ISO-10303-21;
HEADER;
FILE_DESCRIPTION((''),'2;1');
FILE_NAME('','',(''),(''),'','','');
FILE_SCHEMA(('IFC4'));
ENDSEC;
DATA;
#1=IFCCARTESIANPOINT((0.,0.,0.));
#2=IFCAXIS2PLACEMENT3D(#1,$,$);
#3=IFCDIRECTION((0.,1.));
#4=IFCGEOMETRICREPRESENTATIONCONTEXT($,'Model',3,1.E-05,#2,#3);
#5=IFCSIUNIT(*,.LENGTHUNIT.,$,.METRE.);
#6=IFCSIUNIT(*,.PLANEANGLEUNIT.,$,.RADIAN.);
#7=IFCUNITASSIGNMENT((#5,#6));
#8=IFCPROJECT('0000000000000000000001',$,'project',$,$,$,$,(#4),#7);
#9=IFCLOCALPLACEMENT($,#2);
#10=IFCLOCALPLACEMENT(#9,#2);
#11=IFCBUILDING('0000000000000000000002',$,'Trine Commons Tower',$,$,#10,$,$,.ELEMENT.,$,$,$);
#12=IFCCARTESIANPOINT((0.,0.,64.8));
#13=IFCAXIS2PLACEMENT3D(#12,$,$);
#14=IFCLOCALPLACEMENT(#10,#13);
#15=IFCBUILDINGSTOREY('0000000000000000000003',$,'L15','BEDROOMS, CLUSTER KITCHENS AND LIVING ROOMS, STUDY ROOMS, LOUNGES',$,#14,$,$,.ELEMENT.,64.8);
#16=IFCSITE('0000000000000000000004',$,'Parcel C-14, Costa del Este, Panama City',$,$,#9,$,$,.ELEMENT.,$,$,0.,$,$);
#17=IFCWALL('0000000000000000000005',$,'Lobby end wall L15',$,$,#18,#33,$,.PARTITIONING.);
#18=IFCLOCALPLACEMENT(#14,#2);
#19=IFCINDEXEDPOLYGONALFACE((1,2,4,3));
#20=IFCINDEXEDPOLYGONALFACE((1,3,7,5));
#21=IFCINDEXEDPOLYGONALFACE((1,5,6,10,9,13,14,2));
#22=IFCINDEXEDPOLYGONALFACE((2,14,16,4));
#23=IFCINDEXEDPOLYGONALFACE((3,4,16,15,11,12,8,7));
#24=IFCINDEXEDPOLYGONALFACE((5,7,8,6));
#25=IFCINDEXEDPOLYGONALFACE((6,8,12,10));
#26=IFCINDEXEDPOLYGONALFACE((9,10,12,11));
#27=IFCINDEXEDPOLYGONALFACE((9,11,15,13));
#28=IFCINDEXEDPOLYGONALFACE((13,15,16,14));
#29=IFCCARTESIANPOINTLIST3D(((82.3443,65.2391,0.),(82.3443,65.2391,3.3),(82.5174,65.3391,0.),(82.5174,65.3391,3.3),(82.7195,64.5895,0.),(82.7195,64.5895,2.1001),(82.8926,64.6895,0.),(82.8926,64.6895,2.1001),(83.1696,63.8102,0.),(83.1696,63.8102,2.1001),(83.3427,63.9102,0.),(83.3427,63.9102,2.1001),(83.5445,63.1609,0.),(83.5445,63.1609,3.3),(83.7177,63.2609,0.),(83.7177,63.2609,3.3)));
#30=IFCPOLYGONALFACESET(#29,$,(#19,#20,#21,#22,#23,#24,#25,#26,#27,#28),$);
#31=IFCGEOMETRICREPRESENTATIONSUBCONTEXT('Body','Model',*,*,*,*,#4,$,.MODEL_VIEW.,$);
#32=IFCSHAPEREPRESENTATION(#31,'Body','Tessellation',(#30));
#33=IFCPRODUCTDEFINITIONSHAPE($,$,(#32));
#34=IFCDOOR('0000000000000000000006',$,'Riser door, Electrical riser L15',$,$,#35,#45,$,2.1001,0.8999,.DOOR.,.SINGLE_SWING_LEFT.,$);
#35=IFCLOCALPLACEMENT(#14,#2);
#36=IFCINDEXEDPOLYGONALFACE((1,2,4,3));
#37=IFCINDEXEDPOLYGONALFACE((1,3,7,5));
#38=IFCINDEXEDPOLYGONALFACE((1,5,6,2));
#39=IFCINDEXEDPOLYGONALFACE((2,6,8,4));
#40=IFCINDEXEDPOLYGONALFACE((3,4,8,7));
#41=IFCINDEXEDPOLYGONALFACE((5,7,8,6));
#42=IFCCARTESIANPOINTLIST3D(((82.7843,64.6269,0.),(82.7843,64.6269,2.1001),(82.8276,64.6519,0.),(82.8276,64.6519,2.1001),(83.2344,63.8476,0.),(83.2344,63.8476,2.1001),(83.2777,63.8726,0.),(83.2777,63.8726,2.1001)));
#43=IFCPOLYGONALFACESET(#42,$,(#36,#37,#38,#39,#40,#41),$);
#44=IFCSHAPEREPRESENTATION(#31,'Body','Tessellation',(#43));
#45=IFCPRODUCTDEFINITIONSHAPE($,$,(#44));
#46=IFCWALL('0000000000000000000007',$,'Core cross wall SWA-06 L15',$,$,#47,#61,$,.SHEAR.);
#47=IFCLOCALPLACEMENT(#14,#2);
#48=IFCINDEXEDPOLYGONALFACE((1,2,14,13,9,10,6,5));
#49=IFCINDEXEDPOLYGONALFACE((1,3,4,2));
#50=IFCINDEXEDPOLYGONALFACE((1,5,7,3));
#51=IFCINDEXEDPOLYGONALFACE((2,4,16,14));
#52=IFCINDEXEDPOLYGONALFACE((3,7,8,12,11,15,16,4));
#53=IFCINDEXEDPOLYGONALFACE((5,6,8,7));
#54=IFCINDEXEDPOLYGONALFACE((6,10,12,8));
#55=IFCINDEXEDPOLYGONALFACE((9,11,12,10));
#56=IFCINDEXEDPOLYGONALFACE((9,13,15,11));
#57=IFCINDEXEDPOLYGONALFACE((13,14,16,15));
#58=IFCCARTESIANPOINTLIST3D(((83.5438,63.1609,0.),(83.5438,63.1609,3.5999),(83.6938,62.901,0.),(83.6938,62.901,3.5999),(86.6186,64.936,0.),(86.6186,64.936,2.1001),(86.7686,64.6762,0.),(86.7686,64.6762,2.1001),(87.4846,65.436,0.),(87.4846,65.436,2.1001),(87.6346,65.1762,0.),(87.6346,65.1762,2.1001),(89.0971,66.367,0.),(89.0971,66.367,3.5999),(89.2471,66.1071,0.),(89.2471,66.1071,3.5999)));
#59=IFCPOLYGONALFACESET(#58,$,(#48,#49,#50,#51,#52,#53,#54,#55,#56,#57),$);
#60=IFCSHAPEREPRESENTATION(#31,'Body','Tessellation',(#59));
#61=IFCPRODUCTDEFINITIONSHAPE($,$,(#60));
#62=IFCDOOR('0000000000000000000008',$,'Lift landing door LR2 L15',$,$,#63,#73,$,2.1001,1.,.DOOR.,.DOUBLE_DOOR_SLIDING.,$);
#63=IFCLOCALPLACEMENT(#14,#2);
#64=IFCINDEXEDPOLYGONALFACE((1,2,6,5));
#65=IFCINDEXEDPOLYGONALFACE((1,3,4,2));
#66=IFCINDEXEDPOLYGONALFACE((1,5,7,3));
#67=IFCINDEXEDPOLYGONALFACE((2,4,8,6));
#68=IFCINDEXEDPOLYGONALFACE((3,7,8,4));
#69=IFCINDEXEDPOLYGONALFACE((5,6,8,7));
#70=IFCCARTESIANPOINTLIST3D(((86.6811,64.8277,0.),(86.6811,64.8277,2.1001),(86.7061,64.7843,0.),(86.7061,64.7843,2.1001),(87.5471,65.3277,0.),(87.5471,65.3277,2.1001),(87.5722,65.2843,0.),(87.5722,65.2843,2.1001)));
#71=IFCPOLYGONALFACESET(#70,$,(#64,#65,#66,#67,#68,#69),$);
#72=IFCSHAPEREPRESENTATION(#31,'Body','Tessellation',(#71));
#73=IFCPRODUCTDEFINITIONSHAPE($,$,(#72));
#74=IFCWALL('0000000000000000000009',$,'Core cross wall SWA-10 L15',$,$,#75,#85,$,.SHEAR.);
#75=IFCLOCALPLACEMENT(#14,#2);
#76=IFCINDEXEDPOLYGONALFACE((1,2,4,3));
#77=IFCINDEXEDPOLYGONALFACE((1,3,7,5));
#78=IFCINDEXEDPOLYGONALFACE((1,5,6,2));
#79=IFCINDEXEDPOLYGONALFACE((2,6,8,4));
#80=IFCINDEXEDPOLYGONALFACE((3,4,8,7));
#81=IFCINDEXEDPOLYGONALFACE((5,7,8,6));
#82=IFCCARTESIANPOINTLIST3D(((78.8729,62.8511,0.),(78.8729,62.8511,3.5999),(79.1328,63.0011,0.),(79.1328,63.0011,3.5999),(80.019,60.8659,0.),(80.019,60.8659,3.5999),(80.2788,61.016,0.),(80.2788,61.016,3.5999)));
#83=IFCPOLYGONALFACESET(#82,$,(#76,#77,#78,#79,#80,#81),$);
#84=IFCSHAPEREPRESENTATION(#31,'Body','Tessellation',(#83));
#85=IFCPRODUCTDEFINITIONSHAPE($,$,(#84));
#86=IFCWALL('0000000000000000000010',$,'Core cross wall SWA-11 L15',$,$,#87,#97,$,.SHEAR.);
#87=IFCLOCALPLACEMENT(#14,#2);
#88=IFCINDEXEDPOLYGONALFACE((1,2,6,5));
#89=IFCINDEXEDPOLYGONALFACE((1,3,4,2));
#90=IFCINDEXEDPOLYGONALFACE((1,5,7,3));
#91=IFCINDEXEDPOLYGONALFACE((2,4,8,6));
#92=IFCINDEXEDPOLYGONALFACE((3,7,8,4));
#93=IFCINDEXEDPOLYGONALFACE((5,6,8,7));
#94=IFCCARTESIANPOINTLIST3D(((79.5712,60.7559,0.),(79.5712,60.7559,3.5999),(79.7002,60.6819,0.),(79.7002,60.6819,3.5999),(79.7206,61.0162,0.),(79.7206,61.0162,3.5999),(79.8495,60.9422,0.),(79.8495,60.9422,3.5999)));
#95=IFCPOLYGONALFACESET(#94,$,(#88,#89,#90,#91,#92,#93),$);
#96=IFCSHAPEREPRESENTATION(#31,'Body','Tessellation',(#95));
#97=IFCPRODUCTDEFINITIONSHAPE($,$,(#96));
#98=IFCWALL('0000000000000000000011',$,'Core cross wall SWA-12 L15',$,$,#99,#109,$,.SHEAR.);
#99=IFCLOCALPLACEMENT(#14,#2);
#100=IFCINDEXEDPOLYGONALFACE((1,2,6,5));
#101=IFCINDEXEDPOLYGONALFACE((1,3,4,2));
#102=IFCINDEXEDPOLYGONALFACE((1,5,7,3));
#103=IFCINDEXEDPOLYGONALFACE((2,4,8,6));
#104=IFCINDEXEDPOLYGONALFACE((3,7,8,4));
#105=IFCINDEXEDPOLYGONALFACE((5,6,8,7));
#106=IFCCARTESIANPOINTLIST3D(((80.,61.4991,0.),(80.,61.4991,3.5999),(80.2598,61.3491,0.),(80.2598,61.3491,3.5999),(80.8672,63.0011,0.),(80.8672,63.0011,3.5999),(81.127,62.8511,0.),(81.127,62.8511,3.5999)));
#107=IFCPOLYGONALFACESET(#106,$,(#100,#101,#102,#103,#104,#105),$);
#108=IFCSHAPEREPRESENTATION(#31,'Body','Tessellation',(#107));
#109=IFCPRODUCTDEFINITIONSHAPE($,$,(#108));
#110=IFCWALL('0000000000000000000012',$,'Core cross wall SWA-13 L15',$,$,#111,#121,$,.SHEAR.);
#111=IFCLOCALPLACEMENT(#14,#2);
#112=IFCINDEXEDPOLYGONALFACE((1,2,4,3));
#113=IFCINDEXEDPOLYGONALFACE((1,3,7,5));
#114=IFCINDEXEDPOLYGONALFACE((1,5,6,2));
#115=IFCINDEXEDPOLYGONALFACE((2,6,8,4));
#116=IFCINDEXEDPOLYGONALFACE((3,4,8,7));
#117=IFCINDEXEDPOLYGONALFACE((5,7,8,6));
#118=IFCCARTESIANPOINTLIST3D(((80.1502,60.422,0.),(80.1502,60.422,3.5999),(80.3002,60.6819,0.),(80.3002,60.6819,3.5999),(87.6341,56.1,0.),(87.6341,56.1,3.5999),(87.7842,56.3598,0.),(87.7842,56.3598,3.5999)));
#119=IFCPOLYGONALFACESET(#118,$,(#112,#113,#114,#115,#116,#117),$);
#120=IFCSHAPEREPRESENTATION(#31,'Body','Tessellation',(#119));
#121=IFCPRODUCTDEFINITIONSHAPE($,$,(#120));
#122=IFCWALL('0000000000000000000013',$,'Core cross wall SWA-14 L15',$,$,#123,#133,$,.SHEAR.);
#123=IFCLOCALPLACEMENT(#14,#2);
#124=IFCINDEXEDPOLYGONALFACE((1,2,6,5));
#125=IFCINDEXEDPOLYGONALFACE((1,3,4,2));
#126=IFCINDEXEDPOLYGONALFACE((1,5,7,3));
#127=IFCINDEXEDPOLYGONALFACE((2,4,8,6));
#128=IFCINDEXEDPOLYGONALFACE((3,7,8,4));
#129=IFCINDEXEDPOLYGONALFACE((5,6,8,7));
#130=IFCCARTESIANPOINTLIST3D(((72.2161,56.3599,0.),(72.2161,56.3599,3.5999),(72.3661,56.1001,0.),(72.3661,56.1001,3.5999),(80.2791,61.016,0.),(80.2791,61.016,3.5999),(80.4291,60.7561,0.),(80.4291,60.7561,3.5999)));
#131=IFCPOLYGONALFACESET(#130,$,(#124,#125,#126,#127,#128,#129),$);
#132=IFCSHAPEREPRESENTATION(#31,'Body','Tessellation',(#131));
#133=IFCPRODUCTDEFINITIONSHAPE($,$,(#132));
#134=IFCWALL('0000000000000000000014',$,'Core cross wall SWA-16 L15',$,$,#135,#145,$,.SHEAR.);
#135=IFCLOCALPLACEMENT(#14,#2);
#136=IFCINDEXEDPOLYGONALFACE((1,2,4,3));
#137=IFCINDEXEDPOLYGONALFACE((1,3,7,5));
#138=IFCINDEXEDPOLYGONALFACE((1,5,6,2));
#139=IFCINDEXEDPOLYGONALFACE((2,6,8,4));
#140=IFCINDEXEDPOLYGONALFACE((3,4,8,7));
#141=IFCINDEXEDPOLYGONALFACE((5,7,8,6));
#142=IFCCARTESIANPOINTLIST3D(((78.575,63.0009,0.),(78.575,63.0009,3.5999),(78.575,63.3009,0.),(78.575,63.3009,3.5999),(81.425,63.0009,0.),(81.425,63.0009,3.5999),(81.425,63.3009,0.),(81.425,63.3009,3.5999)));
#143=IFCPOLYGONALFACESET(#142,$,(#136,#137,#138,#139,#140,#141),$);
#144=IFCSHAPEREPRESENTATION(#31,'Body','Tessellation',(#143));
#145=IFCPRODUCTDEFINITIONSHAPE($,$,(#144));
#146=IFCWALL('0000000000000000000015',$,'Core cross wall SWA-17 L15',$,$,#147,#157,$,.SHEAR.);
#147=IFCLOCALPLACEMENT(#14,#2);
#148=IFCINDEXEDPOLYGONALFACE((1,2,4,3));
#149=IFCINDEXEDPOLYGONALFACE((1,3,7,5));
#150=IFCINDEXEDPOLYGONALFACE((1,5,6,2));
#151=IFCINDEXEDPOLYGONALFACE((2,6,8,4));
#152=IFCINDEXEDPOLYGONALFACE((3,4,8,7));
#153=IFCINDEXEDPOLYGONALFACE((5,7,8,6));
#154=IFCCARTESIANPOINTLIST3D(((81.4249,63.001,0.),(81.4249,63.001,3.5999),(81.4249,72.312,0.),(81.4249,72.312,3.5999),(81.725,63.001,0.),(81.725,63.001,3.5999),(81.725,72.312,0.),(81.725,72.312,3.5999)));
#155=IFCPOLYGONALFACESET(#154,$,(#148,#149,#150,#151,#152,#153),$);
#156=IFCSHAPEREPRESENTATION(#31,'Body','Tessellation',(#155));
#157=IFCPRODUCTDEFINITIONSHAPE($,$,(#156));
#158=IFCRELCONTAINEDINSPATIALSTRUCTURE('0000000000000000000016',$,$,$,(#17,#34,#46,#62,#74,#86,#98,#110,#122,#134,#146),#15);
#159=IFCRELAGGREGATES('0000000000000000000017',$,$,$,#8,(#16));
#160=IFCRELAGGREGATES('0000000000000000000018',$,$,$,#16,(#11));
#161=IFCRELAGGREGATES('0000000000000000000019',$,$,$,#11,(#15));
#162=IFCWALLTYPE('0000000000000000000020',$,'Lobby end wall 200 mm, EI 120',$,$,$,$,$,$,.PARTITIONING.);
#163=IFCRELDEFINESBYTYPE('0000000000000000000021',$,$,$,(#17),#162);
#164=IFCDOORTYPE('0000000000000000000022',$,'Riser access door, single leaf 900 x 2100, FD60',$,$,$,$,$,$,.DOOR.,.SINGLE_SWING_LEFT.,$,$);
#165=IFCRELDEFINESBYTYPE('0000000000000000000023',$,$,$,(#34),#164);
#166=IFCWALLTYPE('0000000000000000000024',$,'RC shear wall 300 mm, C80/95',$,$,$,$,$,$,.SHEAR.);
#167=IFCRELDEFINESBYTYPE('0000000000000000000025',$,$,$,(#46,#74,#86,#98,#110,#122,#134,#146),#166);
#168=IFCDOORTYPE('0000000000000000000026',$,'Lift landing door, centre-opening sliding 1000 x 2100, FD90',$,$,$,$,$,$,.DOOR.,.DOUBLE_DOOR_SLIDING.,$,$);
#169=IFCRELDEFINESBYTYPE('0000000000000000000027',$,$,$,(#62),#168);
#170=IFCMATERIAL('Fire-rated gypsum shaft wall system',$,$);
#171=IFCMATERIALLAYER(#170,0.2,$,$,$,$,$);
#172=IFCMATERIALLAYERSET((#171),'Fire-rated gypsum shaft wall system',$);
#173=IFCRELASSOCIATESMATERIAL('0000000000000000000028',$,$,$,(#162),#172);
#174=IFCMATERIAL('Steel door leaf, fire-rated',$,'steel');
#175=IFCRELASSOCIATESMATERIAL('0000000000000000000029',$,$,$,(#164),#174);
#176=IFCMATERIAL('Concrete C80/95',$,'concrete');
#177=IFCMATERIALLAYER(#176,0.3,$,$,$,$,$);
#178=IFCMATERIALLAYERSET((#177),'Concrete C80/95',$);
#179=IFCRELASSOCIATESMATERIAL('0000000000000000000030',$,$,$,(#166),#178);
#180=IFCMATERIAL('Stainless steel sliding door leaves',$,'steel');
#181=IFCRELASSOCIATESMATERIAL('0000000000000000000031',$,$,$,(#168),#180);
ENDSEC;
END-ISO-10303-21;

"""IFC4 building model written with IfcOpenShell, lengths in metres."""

from ifc_helpers import new_model, si_unit, direction, frame, frame_2d, origin, place, context, subcontext, project, spatial, rectangle, extrude, material, layer, layer_set, type_object, element, fill, save


model = new_model("IFC4")

# Units and contexts
model_context = context("Model", 3, precision=1e-05, world=origin(), true_north=direction((0.0, 1.0)))
body_context = subcontext(model_context, "Body", "Model", "MODEL_VIEW")
ifc_project = project(units=[si_unit("LENGTHUNIT", "METRE"), si_unit("PLANEANGLEUNIT", "RADIAN")], contexts=[model_context])

# Site, building, storey
site_placement = place(None, origin())
site = spatial("IfcSite", under=ifc_project, at=site_placement, Name="Parcel C-14, Costa del Este, Panama City", CompositionType="ELEMENT", RefElevation=0.0)
building_placement = place(site_placement, origin())
building = spatial("IfcBuilding", under=site, at=building_placement, Name="Trine Commons Tower", CompositionType="ELEMENT")
storey_placement = place(building_placement, frame((0.0, 0.0, 64.8)))
storey = spatial("IfcBuildingStorey", under=building, at=storey_placement, Name="L15", Description="BEDROOMS, CLUSTER KITCHENS AND LIVING ROOMS, STUDY ROOMS, LOUNGES", CompositionType="ELEMENT", Elevation=64.8)

# Walls, openings, doors
ifc_material_1 = material(Name="Fire-rated gypsum shaft wall system")
ifc_layer_1 = layer(ifc_material_1, 0.2)
ifc_layer_set_1 = layer_set([ifc_layer_1], Name="Fire-rated gypsum shaft wall system")
wall_type_1 = type_object("IfcWallType", Name="Lobby end wall 200 mm, EI 120", PredefinedType="PARTITIONING", material=ifc_layer_set_1)
wall_1_placement = place(storey_placement, frame((83.6311, 63.2109, 0.0), z_axis=(0.0, 0.0, 1.0), x_axis=(-0.500122, 0.865955, 0.0)))
wall_1 = element("IfcWall", 1, at=wall_1_placement, inside=storey, type_object=wall_type_1, Name="Lobby end wall L15", PredefinedType="PARTITIONING", context=body_context, shape_type="SweptSolid", body=[
    extrude(rectangle(XDim=2.3999, YDim=0.2, at=frame_2d((1.2, 0.0))), origin(), (0.0, 0.0, 1.0), 3.3),
])
opening_1_placement = place(wall_1_placement, frame((0.7498, 0.0, 0.0)))
opening_1 = element("IfcOpeningElement", 2, at=opening_1_placement, cuts=wall_1, PredefinedType="OPENING", context=body_context, shape_type="SweptSolid", body=[
    extrude(rectangle(XDim=0.8999, YDim=2.1001, at=frame_2d((0.45, 1.05))), frame((0.0, 0.1099, 0.0), z_axis=(0.0, -1.0, 0.0), x_axis=(1.0, 0.0, 0.0)), (0.0, 0.0, 1.0), 0.22),
])
ifc_material_2 = material(Name="Steel door leaf, fire-rated", Category="steel")
door_type_1 = type_object("IfcDoorType", Name="Riser access door, single leaf 900 x 2100, FD60", OperationType="SINGLE_SWING_LEFT", PredefinedType="DOOR", material=ifc_material_2)
door_1_placement = place(opening_1_placement, frame((0.8999, 0.0, 0.0), z_axis=(0.0, 0.0, 1.0), x_axis=(-1.0, 0.0, 0.0)))
door_1 = element("IfcDoor", 3, at=door_1_placement, inside=storey, type_object=door_type_1, Name="Riser door, Electrical riser L15", OperationType="SINGLE_SWING_LEFT", OverallHeight=2.1001, OverallWidth=0.8999, PredefinedType="DOOR", context=body_context, shape_type="SweptSolid", body=[
    extrude(rectangle(XDim=0.8999, YDim=2.1001, at=frame_2d((0.45, 1.05))), frame((0.0, 0.0249, 0.0), z_axis=(0.0, -1.0, 0.0), x_axis=(1.0, 0.0, 0.0)), (0.0, 0.0, 1.0), 0.05),
])
fill(opening_1, door_1)
ifc_material_3 = material(Name="Concrete C80/95", Category="concrete")
ifc_layer_2 = layer(ifc_material_3, 0.3)
ifc_layer_set_2 = layer_set([ifc_layer_2], Name="Concrete C80/95")
wall_type_2 = type_object("IfcWallType", Name="RC shear wall 300 mm, C80/95", PredefinedType="SHEAR", material=ifc_layer_set_2)
wall_2_placement = place(storey_placement, frame((83.6189, 63.031, 0.0), z_axis=(0.0, 0.0, 1.0), x_axis=(0.866032, 0.499988, 0.0)))
wall_2 = element("IfcWall", 4, at=wall_2_placement, inside=storey, type_object=wall_type_2, Name="Core cross wall SWA-06 L15", PredefinedType="SHEAR", context=body_context, shape_type="SweptSolid", body=[
    extrude(rectangle(XDim=6.4124, YDim=0.3, at=frame_2d((3.2061, 0.0))), origin(), (0.0, 0.0, 1.0), 3.5999),
])
opening_2_placement = place(wall_2_placement, frame((3.5503, 0.0, 0.0)))
opening_2 = element("IfcOpeningElement", 5, at=opening_2_placement, cuts=wall_2, PredefinedType="OPENING", context=body_context, shape_type="SweptSolid", body=[
    extrude(rectangle(XDim=1.0, YDim=2.1001, at=frame_2d((0.5, 1.05))), frame((0.0, 0.1599, 0.0), z_axis=(0.0, -1.0, 0.0), x_axis=(1.0, 0.0, 0.0)), (0.0, 0.0, 1.0), 0.3201),
])
ifc_material_4 = material(Name="Stainless steel sliding door leaves", Category="steel")
door_type_2 = type_object("IfcDoorType", Name="Lift landing door, centre-opening sliding 1000 x 2100, FD90", OperationType="DOUBLE_DOOR_SLIDING", PredefinedType="DOOR", material=ifc_material_4)
door_2_placement = place(opening_2_placement, origin())
door_2 = element("IfcDoor", 6, at=door_2_placement, inside=storey, type_object=door_type_2, Name="Lift landing door LR2 L15", OperationType="DOUBLE_DOOR_SLIDING", OverallHeight=2.1001, OverallWidth=1.0, PredefinedType="DOOR", context=body_context, shape_type="SweptSolid", body=[
    extrude(rectangle(XDim=1.0, YDim=2.1001, at=frame_2d((0.5, 1.05))), frame((0.0, 0.0249, 0.0), z_axis=(0.0, -1.0, 0.0), x_axis=(1.0, 0.0, 0.0)), (0.0, 0.0, 1.0), 0.05),
])
fill(opening_2, door_2)

# Walls
wall_3_placement = place(storey_placement, frame((79.0029, 62.926, 0.0), z_axis=(0.0, 0.0, 1.0), x_axis=(0.499965, -0.866045, 0.0)))
element("IfcWall", 7, at=wall_3_placement, inside=storey, type_object=wall_type_2, Name="Core cross wall SWA-10 L15", PredefinedType="SHEAR", context=body_context, shape_type="SweptSolid", body=[
    extrude(rectangle(XDim=2.2922, YDim=0.3, at=frame_2d((1.146, 0.0))), origin(), (0.0, 0.0, 1.0), 3.5999),
])
wall_4_placement = place(storey_placement, frame((79.646, 60.886, 0.0), z_axis=(0.0, 0.0, 1.0), x_axis=(0.867332, -0.49773, 0.0)))
element("IfcWall", 8, at=wall_4_placement, inside=storey, type_object=wall_type_2, Name="Core cross wall SWA-11 L15", PredefinedType="SHEAR", context=body_context, shape_type="SweptSolid", body=[
    extrude(rectangle(XDim=0.1487, YDim=0.3, at=frame_2d((0.0742, 0.0))), origin(), (0.0, 0.0, 1.0), 3.5999),
])
wall_5_placement = place(storey_placement, frame((80.1299, 61.4241, 0.0), z_axis=(0.0, 0.0, 1.0), x_axis=(0.500015, 0.866017, 0.0)))
element("IfcWall", 9, at=wall_5_placement, inside=storey, type_object=wall_type_2, Name="Core cross wall SWA-12 L15", PredefinedType="SHEAR", context=body_context, shape_type="SweptSolid", body=[
    extrude(rectangle(XDim=1.7344, YDim=0.3, at=frame_2d((0.8672, 0.0))), origin(), (0.0, 0.0, 1.0), 3.5999),
])
wall_6_placement = place(storey_placement, frame((80.2251, 60.552, 0.0), z_axis=(0.0, 0.0, 1.0), x_axis=(0.865965, -0.500104, 0.0)))
element("IfcWall", 10, at=wall_6_placement, inside=storey, type_object=wall_type_2, Name="Core cross wall SWA-13 L15", PredefinedType="SHEAR", context=body_context, shape_type="SweptSolid", body=[
    extrude(rectangle(XDim=8.6423, YDim=0.3, at=frame_2d((4.3213, 0.0))), origin(), (0.0, 0.0, 1.0), 3.5999),
])
wall_7_placement = place(storey_placement, frame((80.354, 60.886, 0.0), z_axis=(0.0, 0.0, 1.0), x_axis=(-0.865986, -0.500067, 0.0)))
element("IfcWall", 11, at=wall_7_placement, inside=storey, type_object=wall_type_2, Name="Core cross wall SWA-14 L15", PredefinedType="SHEAR", context=body_context, shape_type="SweptSolid", body=[
    extrude(rectangle(XDim=9.3108, YDim=0.3, at=frame_2d((4.6553, 0.0))), origin(), (0.0, 0.0, 1.0), 3.5999),
])
wall_8_placement = place(storey_placement, frame((81.425, 63.1509, 0.0), z_axis=(0.0, 0.0, 1.0), x_axis=(-1.0, 0.0, 0.0)))
element("IfcWall", 12, at=wall_8_placement, inside=storey, type_object=wall_type_2, Name="Core cross wall SWA-16 L15", PredefinedType="SHEAR", context=body_context, shape_type="SweptSolid", body=[
    extrude(rectangle(XDim=2.8501, YDim=0.3, at=frame_2d((1.425, 0.0))), origin(), (0.0, 0.0, 1.0), 3.5999),
])
wall_9_placement = place(storey_placement, frame((81.575, 63.001, 0.0), z_axis=(0.0, 0.0, 1.0), x_axis=(0.0, 1.0, 0.0)))
element("IfcWall", 13, at=wall_9_placement, inside=storey, type_object=wall_type_2, Name="Core cross wall SWA-17 L15", PredefinedType="SHEAR", context=body_context, shape_type="SweptSolid", body=[
    extrude(rectangle(XDim=9.311, YDim=0.3, at=frame_2d((4.6555, 0.0))), origin(), (0.0, 0.0, 1.0), 3.5999),
])

save(model, "model.ifc")
